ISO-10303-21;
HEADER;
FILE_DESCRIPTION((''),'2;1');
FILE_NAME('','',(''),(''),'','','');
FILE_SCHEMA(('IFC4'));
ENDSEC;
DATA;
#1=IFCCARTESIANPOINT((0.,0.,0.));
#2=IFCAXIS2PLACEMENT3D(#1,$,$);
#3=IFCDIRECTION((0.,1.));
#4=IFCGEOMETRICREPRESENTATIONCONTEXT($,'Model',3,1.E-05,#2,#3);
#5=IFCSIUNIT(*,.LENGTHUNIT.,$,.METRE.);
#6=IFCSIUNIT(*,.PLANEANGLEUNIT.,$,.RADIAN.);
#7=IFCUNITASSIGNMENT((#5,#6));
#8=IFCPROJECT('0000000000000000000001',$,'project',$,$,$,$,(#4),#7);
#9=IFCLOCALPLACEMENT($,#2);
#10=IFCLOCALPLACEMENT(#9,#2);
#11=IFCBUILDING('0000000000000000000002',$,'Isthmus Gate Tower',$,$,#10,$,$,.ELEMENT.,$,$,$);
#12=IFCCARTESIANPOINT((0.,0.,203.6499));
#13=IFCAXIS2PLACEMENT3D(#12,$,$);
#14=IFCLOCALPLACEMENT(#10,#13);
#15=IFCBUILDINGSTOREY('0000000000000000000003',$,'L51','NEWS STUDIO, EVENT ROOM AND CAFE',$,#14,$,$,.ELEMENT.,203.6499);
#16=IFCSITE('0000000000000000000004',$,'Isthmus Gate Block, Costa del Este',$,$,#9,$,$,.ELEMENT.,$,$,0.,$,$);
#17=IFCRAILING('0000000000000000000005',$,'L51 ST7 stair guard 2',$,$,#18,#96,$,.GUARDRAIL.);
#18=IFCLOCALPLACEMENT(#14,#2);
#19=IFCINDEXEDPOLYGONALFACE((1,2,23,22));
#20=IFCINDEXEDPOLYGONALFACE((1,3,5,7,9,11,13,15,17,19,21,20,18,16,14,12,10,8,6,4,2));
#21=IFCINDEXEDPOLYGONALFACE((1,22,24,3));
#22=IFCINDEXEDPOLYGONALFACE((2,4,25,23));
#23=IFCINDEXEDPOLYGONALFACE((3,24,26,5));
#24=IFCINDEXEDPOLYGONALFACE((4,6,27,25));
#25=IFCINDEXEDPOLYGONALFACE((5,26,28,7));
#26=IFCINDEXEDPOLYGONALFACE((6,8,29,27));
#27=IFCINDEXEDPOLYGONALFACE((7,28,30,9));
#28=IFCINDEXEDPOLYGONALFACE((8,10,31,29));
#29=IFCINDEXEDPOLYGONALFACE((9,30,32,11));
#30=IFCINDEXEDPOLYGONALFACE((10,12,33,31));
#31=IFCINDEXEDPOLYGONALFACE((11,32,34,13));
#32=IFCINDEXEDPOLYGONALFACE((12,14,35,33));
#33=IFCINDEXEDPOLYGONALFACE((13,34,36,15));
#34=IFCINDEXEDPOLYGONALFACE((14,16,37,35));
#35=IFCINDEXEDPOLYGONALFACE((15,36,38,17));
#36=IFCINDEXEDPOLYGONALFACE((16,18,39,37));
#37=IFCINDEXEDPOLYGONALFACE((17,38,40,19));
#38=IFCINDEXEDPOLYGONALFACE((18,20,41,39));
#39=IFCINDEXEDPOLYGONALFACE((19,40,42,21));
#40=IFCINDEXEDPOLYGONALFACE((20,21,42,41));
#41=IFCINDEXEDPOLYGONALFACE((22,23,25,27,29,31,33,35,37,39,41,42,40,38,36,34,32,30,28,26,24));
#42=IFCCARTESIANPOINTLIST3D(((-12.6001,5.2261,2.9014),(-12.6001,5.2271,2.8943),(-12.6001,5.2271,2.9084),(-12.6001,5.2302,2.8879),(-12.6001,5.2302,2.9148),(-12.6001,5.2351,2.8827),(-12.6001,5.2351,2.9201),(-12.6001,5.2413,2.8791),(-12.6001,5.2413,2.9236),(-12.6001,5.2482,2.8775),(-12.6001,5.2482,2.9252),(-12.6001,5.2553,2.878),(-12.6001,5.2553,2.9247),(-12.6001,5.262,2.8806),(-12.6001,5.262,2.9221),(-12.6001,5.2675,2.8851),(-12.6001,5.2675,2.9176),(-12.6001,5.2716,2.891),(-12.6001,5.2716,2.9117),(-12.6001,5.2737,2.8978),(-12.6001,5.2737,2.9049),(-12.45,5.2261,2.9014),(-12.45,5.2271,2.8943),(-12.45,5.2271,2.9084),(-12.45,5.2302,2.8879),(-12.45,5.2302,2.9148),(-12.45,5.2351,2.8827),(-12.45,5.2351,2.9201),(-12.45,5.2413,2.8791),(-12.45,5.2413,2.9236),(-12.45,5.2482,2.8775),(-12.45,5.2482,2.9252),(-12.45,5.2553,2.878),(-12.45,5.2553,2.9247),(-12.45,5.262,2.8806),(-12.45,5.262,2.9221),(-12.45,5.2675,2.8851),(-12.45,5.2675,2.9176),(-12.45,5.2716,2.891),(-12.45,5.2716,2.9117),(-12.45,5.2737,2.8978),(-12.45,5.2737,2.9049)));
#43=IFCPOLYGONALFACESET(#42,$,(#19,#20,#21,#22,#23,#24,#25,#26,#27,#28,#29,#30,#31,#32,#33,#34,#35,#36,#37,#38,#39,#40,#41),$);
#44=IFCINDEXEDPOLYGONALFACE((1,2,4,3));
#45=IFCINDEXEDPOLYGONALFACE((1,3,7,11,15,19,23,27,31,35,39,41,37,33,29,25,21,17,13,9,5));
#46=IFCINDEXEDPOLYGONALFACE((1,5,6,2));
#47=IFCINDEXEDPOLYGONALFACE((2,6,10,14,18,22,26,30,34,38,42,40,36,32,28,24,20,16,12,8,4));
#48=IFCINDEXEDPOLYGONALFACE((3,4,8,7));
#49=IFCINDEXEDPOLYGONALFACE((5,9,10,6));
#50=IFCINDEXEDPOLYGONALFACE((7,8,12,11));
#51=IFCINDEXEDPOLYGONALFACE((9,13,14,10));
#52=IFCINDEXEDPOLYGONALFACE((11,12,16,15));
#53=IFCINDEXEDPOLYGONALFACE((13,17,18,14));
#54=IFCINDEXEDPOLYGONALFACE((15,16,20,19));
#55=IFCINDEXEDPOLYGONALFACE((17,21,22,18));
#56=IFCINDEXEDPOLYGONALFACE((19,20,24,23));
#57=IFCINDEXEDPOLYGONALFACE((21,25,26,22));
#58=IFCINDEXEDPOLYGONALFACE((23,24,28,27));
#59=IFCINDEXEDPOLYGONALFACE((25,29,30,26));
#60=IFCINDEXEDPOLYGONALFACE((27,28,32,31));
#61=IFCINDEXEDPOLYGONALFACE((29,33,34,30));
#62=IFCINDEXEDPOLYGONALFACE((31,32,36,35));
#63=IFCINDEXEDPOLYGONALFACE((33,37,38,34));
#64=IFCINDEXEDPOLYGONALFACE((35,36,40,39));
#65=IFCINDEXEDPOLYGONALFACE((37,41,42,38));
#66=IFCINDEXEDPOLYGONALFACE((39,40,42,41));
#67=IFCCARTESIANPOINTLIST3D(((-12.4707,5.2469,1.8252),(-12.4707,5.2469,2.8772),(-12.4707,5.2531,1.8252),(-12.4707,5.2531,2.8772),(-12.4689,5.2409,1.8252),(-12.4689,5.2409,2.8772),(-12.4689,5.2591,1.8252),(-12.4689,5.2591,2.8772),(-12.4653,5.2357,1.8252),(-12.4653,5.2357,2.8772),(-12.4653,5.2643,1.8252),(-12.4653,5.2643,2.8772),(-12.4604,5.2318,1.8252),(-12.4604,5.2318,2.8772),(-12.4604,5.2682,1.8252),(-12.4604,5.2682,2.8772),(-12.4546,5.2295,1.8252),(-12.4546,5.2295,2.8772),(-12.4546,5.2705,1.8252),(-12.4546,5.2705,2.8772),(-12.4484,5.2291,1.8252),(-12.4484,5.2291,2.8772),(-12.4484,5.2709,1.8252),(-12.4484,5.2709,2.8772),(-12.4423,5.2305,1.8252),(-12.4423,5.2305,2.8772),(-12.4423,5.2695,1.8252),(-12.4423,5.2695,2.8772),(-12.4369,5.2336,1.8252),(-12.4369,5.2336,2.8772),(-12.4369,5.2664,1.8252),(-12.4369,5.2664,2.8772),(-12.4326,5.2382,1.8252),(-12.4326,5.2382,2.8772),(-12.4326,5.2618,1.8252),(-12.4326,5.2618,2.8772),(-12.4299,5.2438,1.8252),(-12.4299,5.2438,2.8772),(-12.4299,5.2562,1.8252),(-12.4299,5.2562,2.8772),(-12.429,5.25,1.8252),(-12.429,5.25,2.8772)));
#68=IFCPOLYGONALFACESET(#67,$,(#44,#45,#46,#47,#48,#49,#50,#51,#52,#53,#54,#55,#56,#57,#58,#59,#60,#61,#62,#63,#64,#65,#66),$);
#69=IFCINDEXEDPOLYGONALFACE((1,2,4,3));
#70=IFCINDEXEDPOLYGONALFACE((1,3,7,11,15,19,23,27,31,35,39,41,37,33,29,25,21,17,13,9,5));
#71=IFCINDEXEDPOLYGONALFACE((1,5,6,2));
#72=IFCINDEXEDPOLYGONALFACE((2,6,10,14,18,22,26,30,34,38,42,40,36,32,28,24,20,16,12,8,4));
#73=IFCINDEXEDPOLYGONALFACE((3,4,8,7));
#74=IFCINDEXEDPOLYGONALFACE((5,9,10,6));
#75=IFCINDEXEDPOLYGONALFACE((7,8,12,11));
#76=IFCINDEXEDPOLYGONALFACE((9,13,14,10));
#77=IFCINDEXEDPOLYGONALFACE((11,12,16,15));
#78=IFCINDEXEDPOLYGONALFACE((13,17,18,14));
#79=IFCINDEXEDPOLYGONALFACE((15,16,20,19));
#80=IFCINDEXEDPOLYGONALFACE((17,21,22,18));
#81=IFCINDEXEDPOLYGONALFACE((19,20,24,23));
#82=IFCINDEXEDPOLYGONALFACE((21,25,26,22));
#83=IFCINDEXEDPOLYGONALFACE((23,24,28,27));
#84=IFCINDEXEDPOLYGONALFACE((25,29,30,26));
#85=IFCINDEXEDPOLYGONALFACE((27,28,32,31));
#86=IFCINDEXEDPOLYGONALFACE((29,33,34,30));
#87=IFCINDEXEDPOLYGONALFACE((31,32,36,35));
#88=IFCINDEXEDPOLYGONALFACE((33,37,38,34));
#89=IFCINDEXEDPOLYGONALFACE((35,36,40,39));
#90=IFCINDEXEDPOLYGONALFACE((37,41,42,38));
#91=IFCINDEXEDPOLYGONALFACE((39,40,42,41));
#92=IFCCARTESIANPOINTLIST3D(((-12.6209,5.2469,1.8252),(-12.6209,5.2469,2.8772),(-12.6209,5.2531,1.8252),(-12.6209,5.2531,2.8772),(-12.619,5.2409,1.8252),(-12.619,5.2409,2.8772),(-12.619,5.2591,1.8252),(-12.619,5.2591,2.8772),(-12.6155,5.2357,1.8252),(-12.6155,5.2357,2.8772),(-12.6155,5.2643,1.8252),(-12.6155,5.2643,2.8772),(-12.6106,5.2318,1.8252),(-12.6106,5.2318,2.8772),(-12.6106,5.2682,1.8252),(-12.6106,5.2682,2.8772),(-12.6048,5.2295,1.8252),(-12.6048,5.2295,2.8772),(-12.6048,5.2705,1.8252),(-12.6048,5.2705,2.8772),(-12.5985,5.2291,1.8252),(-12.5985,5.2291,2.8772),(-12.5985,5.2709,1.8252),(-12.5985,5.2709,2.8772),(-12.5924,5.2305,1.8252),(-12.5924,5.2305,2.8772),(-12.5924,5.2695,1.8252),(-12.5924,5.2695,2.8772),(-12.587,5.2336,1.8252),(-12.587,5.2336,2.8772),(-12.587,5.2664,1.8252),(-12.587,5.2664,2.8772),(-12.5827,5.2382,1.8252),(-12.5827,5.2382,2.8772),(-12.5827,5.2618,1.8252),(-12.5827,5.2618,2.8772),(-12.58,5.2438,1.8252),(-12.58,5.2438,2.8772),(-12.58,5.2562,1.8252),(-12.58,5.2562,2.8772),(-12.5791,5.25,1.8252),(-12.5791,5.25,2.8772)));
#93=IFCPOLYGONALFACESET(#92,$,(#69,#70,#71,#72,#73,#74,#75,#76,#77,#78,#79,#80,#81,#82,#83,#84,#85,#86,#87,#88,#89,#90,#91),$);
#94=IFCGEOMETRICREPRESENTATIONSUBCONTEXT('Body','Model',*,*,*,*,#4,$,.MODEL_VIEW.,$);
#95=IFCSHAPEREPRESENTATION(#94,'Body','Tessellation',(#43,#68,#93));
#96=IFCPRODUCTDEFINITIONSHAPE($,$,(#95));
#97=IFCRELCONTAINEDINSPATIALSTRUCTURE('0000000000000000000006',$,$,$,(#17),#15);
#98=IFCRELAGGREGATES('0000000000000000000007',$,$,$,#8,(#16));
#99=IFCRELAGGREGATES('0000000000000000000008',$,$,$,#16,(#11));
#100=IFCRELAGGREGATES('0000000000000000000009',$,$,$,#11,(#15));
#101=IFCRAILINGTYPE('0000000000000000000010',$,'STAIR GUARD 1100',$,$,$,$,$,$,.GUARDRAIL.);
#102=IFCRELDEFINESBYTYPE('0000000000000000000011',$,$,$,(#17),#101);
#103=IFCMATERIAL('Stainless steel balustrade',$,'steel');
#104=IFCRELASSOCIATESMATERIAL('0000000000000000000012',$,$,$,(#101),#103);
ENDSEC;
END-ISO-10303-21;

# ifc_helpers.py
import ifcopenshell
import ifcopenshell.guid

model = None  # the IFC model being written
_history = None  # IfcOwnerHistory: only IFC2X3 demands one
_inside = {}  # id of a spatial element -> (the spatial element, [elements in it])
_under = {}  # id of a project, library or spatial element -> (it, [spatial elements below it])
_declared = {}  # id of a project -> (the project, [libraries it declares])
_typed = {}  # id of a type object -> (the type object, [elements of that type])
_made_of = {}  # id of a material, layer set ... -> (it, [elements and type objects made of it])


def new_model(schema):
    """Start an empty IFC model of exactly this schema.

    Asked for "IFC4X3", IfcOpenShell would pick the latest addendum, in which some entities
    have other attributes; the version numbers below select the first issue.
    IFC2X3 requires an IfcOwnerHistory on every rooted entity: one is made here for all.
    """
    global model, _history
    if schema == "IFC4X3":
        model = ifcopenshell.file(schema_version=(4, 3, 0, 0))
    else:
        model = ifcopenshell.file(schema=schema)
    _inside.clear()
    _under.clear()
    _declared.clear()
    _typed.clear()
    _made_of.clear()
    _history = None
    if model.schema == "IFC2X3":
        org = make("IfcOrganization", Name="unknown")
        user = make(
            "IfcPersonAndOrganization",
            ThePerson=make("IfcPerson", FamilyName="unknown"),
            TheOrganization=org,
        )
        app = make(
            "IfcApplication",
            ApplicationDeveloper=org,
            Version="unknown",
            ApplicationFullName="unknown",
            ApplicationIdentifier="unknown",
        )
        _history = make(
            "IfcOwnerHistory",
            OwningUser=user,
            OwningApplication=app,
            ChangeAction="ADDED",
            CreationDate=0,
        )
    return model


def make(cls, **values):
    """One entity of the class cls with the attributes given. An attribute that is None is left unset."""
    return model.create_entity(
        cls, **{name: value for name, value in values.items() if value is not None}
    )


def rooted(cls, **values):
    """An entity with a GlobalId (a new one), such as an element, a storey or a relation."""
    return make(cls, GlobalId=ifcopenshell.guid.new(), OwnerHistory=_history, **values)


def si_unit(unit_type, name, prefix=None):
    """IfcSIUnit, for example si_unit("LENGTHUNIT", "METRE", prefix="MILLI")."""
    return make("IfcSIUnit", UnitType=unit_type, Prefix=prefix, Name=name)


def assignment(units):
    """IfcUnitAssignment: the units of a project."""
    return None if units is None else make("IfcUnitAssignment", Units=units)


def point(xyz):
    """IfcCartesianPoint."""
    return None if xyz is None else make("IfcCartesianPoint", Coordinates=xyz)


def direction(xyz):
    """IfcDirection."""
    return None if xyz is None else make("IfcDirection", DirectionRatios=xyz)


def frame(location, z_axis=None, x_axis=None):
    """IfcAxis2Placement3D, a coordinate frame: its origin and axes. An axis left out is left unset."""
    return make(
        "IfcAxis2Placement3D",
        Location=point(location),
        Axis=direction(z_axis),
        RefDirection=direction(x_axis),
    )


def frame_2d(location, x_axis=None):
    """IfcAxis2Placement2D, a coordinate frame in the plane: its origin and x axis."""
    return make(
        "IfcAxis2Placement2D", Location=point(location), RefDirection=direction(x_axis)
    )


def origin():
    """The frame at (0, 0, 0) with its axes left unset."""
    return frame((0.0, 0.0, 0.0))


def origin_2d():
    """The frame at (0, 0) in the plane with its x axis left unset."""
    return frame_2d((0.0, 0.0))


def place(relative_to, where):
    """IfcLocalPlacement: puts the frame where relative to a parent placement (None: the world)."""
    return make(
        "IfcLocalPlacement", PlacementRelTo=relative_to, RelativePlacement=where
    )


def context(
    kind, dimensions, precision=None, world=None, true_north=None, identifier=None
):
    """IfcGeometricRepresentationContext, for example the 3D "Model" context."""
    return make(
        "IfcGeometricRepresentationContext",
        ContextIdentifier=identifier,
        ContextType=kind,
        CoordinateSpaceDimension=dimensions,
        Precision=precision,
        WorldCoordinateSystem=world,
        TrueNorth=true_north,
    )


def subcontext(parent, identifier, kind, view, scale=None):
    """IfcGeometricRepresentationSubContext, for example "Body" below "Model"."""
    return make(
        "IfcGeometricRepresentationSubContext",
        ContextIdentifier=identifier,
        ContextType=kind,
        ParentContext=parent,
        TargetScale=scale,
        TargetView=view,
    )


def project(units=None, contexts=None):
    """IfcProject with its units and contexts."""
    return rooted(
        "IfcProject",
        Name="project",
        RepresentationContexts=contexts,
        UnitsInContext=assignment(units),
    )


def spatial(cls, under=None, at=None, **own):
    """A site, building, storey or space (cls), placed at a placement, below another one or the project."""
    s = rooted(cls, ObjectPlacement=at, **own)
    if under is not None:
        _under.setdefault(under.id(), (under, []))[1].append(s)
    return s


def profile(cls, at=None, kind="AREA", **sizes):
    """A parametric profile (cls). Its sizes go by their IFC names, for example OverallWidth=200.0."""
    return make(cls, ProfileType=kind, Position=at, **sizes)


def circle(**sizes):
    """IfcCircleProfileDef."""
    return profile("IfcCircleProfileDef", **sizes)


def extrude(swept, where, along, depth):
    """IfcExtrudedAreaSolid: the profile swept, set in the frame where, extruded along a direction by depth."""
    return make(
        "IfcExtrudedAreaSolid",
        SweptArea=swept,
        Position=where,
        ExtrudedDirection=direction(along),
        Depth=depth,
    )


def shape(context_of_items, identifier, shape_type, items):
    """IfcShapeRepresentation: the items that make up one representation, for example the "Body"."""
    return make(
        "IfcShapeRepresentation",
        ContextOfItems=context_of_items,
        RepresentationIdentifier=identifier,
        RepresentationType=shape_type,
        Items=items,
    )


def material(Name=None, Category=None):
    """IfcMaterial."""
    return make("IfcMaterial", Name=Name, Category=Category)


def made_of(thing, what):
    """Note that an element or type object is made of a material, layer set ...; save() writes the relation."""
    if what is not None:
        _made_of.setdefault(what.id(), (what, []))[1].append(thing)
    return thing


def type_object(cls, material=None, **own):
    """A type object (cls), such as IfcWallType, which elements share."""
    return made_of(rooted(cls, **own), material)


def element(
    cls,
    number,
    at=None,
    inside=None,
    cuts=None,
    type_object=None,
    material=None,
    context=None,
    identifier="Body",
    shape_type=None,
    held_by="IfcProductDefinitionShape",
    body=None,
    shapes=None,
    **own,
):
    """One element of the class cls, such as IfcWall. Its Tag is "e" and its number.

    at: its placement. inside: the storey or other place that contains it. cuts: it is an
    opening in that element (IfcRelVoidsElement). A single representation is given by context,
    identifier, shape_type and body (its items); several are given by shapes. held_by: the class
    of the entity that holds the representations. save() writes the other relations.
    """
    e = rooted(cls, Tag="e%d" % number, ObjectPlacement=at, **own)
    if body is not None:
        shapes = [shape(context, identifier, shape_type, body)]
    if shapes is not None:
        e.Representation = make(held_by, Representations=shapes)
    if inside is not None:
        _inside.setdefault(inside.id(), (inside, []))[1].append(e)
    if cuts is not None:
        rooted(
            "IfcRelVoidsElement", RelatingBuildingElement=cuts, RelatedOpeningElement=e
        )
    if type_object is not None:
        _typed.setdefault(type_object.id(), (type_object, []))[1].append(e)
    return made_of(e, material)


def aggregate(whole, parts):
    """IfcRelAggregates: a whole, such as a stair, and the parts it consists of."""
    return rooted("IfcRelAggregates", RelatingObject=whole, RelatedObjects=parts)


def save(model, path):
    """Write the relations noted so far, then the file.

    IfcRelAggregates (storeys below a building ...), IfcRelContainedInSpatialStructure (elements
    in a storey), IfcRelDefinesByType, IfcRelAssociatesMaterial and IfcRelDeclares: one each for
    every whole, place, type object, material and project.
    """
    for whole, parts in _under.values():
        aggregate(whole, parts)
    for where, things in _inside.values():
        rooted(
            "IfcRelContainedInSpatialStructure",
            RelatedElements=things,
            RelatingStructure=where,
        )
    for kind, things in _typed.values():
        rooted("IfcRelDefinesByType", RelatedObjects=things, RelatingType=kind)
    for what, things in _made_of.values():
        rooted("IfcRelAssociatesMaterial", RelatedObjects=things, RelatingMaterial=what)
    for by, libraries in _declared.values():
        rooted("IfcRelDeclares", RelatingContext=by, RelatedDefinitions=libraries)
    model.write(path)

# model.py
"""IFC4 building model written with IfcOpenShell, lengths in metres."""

from ifc_helpers import new_model, si_unit, direction, frame, origin, origin_2d, place, context, subcontext, project, spatial, circle, extrude, material, type_object, element, save


model = new_model("IFC4")

# Units and contexts
model_context = context("Model", 3, precision=1e-05, world=origin(), true_north=direction((0.0, 1.0)))
body_context = subcontext(model_context, "Body", "Model", "MODEL_VIEW")
ifc_project = project(units=[si_unit("LENGTHUNIT", "METRE"), si_unit("PLANEANGLEUNIT", "RADIAN")], contexts=[model_context])

# Site, building, storey
site_placement = place(None, origin())
site = spatial("IfcSite", under=ifc_project, at=site_placement, Name="Isthmus Gate Block, Costa del Este", CompositionType="ELEMENT", RefElevation=0.0)
building_placement = place(site_placement, origin())
building = spatial("IfcBuilding", under=site, at=building_placement, Name="Isthmus Gate Tower", CompositionType="ELEMENT")
storey_placement = place(building_placement, frame((0.0, 0.0, 203.6499)))
storey = spatial("IfcBuildingStorey", under=building, at=storey_placement, Name="L51", Description="NEWS STUDIO, EVENT ROOM AND CAFE", CompositionType="ELEMENT", Elevation=203.6499)

# Railing
ifc_material_1 = material(Name="Stainless steel balustrade", Category="steel")
railing_type_1 = type_object("IfcRailingType", Name="STAIR GUARD 1100", PredefinedType="GUARDRAIL", material=ifc_material_1)
railing_1_placement = place(storey_placement, frame((-12.45, 5.25, 1.8252)))
element("IfcRailing", 1, at=railing_1_placement, inside=storey, type_object=railing_type_1, Name="L51 ST7 stair guard 2", PredefinedType="GUARDRAIL", context=body_context, shape_type="SweptSolid", body=[
    extrude(circle(Radius=0.0239, at=origin_2d()), frame((0.0, 0.0, 1.0762), z_axis=(-1.0, 0.0, 0.0), x_axis=(0.0, -1.0, 0.0)), (0.0, 0.0, 1.0), 0.1501),
    extrude(circle(Radius=0.021, at=origin_2d()), origin(), (0.0, 0.0, 1.0), 1.052),
    extrude(circle(Radius=0.021, at=origin_2d()), frame((-0.1501, 0.0, 0.0)), (0.0, 0.0, 1.0), 1.052),
])

save(model, "model.ifc")
